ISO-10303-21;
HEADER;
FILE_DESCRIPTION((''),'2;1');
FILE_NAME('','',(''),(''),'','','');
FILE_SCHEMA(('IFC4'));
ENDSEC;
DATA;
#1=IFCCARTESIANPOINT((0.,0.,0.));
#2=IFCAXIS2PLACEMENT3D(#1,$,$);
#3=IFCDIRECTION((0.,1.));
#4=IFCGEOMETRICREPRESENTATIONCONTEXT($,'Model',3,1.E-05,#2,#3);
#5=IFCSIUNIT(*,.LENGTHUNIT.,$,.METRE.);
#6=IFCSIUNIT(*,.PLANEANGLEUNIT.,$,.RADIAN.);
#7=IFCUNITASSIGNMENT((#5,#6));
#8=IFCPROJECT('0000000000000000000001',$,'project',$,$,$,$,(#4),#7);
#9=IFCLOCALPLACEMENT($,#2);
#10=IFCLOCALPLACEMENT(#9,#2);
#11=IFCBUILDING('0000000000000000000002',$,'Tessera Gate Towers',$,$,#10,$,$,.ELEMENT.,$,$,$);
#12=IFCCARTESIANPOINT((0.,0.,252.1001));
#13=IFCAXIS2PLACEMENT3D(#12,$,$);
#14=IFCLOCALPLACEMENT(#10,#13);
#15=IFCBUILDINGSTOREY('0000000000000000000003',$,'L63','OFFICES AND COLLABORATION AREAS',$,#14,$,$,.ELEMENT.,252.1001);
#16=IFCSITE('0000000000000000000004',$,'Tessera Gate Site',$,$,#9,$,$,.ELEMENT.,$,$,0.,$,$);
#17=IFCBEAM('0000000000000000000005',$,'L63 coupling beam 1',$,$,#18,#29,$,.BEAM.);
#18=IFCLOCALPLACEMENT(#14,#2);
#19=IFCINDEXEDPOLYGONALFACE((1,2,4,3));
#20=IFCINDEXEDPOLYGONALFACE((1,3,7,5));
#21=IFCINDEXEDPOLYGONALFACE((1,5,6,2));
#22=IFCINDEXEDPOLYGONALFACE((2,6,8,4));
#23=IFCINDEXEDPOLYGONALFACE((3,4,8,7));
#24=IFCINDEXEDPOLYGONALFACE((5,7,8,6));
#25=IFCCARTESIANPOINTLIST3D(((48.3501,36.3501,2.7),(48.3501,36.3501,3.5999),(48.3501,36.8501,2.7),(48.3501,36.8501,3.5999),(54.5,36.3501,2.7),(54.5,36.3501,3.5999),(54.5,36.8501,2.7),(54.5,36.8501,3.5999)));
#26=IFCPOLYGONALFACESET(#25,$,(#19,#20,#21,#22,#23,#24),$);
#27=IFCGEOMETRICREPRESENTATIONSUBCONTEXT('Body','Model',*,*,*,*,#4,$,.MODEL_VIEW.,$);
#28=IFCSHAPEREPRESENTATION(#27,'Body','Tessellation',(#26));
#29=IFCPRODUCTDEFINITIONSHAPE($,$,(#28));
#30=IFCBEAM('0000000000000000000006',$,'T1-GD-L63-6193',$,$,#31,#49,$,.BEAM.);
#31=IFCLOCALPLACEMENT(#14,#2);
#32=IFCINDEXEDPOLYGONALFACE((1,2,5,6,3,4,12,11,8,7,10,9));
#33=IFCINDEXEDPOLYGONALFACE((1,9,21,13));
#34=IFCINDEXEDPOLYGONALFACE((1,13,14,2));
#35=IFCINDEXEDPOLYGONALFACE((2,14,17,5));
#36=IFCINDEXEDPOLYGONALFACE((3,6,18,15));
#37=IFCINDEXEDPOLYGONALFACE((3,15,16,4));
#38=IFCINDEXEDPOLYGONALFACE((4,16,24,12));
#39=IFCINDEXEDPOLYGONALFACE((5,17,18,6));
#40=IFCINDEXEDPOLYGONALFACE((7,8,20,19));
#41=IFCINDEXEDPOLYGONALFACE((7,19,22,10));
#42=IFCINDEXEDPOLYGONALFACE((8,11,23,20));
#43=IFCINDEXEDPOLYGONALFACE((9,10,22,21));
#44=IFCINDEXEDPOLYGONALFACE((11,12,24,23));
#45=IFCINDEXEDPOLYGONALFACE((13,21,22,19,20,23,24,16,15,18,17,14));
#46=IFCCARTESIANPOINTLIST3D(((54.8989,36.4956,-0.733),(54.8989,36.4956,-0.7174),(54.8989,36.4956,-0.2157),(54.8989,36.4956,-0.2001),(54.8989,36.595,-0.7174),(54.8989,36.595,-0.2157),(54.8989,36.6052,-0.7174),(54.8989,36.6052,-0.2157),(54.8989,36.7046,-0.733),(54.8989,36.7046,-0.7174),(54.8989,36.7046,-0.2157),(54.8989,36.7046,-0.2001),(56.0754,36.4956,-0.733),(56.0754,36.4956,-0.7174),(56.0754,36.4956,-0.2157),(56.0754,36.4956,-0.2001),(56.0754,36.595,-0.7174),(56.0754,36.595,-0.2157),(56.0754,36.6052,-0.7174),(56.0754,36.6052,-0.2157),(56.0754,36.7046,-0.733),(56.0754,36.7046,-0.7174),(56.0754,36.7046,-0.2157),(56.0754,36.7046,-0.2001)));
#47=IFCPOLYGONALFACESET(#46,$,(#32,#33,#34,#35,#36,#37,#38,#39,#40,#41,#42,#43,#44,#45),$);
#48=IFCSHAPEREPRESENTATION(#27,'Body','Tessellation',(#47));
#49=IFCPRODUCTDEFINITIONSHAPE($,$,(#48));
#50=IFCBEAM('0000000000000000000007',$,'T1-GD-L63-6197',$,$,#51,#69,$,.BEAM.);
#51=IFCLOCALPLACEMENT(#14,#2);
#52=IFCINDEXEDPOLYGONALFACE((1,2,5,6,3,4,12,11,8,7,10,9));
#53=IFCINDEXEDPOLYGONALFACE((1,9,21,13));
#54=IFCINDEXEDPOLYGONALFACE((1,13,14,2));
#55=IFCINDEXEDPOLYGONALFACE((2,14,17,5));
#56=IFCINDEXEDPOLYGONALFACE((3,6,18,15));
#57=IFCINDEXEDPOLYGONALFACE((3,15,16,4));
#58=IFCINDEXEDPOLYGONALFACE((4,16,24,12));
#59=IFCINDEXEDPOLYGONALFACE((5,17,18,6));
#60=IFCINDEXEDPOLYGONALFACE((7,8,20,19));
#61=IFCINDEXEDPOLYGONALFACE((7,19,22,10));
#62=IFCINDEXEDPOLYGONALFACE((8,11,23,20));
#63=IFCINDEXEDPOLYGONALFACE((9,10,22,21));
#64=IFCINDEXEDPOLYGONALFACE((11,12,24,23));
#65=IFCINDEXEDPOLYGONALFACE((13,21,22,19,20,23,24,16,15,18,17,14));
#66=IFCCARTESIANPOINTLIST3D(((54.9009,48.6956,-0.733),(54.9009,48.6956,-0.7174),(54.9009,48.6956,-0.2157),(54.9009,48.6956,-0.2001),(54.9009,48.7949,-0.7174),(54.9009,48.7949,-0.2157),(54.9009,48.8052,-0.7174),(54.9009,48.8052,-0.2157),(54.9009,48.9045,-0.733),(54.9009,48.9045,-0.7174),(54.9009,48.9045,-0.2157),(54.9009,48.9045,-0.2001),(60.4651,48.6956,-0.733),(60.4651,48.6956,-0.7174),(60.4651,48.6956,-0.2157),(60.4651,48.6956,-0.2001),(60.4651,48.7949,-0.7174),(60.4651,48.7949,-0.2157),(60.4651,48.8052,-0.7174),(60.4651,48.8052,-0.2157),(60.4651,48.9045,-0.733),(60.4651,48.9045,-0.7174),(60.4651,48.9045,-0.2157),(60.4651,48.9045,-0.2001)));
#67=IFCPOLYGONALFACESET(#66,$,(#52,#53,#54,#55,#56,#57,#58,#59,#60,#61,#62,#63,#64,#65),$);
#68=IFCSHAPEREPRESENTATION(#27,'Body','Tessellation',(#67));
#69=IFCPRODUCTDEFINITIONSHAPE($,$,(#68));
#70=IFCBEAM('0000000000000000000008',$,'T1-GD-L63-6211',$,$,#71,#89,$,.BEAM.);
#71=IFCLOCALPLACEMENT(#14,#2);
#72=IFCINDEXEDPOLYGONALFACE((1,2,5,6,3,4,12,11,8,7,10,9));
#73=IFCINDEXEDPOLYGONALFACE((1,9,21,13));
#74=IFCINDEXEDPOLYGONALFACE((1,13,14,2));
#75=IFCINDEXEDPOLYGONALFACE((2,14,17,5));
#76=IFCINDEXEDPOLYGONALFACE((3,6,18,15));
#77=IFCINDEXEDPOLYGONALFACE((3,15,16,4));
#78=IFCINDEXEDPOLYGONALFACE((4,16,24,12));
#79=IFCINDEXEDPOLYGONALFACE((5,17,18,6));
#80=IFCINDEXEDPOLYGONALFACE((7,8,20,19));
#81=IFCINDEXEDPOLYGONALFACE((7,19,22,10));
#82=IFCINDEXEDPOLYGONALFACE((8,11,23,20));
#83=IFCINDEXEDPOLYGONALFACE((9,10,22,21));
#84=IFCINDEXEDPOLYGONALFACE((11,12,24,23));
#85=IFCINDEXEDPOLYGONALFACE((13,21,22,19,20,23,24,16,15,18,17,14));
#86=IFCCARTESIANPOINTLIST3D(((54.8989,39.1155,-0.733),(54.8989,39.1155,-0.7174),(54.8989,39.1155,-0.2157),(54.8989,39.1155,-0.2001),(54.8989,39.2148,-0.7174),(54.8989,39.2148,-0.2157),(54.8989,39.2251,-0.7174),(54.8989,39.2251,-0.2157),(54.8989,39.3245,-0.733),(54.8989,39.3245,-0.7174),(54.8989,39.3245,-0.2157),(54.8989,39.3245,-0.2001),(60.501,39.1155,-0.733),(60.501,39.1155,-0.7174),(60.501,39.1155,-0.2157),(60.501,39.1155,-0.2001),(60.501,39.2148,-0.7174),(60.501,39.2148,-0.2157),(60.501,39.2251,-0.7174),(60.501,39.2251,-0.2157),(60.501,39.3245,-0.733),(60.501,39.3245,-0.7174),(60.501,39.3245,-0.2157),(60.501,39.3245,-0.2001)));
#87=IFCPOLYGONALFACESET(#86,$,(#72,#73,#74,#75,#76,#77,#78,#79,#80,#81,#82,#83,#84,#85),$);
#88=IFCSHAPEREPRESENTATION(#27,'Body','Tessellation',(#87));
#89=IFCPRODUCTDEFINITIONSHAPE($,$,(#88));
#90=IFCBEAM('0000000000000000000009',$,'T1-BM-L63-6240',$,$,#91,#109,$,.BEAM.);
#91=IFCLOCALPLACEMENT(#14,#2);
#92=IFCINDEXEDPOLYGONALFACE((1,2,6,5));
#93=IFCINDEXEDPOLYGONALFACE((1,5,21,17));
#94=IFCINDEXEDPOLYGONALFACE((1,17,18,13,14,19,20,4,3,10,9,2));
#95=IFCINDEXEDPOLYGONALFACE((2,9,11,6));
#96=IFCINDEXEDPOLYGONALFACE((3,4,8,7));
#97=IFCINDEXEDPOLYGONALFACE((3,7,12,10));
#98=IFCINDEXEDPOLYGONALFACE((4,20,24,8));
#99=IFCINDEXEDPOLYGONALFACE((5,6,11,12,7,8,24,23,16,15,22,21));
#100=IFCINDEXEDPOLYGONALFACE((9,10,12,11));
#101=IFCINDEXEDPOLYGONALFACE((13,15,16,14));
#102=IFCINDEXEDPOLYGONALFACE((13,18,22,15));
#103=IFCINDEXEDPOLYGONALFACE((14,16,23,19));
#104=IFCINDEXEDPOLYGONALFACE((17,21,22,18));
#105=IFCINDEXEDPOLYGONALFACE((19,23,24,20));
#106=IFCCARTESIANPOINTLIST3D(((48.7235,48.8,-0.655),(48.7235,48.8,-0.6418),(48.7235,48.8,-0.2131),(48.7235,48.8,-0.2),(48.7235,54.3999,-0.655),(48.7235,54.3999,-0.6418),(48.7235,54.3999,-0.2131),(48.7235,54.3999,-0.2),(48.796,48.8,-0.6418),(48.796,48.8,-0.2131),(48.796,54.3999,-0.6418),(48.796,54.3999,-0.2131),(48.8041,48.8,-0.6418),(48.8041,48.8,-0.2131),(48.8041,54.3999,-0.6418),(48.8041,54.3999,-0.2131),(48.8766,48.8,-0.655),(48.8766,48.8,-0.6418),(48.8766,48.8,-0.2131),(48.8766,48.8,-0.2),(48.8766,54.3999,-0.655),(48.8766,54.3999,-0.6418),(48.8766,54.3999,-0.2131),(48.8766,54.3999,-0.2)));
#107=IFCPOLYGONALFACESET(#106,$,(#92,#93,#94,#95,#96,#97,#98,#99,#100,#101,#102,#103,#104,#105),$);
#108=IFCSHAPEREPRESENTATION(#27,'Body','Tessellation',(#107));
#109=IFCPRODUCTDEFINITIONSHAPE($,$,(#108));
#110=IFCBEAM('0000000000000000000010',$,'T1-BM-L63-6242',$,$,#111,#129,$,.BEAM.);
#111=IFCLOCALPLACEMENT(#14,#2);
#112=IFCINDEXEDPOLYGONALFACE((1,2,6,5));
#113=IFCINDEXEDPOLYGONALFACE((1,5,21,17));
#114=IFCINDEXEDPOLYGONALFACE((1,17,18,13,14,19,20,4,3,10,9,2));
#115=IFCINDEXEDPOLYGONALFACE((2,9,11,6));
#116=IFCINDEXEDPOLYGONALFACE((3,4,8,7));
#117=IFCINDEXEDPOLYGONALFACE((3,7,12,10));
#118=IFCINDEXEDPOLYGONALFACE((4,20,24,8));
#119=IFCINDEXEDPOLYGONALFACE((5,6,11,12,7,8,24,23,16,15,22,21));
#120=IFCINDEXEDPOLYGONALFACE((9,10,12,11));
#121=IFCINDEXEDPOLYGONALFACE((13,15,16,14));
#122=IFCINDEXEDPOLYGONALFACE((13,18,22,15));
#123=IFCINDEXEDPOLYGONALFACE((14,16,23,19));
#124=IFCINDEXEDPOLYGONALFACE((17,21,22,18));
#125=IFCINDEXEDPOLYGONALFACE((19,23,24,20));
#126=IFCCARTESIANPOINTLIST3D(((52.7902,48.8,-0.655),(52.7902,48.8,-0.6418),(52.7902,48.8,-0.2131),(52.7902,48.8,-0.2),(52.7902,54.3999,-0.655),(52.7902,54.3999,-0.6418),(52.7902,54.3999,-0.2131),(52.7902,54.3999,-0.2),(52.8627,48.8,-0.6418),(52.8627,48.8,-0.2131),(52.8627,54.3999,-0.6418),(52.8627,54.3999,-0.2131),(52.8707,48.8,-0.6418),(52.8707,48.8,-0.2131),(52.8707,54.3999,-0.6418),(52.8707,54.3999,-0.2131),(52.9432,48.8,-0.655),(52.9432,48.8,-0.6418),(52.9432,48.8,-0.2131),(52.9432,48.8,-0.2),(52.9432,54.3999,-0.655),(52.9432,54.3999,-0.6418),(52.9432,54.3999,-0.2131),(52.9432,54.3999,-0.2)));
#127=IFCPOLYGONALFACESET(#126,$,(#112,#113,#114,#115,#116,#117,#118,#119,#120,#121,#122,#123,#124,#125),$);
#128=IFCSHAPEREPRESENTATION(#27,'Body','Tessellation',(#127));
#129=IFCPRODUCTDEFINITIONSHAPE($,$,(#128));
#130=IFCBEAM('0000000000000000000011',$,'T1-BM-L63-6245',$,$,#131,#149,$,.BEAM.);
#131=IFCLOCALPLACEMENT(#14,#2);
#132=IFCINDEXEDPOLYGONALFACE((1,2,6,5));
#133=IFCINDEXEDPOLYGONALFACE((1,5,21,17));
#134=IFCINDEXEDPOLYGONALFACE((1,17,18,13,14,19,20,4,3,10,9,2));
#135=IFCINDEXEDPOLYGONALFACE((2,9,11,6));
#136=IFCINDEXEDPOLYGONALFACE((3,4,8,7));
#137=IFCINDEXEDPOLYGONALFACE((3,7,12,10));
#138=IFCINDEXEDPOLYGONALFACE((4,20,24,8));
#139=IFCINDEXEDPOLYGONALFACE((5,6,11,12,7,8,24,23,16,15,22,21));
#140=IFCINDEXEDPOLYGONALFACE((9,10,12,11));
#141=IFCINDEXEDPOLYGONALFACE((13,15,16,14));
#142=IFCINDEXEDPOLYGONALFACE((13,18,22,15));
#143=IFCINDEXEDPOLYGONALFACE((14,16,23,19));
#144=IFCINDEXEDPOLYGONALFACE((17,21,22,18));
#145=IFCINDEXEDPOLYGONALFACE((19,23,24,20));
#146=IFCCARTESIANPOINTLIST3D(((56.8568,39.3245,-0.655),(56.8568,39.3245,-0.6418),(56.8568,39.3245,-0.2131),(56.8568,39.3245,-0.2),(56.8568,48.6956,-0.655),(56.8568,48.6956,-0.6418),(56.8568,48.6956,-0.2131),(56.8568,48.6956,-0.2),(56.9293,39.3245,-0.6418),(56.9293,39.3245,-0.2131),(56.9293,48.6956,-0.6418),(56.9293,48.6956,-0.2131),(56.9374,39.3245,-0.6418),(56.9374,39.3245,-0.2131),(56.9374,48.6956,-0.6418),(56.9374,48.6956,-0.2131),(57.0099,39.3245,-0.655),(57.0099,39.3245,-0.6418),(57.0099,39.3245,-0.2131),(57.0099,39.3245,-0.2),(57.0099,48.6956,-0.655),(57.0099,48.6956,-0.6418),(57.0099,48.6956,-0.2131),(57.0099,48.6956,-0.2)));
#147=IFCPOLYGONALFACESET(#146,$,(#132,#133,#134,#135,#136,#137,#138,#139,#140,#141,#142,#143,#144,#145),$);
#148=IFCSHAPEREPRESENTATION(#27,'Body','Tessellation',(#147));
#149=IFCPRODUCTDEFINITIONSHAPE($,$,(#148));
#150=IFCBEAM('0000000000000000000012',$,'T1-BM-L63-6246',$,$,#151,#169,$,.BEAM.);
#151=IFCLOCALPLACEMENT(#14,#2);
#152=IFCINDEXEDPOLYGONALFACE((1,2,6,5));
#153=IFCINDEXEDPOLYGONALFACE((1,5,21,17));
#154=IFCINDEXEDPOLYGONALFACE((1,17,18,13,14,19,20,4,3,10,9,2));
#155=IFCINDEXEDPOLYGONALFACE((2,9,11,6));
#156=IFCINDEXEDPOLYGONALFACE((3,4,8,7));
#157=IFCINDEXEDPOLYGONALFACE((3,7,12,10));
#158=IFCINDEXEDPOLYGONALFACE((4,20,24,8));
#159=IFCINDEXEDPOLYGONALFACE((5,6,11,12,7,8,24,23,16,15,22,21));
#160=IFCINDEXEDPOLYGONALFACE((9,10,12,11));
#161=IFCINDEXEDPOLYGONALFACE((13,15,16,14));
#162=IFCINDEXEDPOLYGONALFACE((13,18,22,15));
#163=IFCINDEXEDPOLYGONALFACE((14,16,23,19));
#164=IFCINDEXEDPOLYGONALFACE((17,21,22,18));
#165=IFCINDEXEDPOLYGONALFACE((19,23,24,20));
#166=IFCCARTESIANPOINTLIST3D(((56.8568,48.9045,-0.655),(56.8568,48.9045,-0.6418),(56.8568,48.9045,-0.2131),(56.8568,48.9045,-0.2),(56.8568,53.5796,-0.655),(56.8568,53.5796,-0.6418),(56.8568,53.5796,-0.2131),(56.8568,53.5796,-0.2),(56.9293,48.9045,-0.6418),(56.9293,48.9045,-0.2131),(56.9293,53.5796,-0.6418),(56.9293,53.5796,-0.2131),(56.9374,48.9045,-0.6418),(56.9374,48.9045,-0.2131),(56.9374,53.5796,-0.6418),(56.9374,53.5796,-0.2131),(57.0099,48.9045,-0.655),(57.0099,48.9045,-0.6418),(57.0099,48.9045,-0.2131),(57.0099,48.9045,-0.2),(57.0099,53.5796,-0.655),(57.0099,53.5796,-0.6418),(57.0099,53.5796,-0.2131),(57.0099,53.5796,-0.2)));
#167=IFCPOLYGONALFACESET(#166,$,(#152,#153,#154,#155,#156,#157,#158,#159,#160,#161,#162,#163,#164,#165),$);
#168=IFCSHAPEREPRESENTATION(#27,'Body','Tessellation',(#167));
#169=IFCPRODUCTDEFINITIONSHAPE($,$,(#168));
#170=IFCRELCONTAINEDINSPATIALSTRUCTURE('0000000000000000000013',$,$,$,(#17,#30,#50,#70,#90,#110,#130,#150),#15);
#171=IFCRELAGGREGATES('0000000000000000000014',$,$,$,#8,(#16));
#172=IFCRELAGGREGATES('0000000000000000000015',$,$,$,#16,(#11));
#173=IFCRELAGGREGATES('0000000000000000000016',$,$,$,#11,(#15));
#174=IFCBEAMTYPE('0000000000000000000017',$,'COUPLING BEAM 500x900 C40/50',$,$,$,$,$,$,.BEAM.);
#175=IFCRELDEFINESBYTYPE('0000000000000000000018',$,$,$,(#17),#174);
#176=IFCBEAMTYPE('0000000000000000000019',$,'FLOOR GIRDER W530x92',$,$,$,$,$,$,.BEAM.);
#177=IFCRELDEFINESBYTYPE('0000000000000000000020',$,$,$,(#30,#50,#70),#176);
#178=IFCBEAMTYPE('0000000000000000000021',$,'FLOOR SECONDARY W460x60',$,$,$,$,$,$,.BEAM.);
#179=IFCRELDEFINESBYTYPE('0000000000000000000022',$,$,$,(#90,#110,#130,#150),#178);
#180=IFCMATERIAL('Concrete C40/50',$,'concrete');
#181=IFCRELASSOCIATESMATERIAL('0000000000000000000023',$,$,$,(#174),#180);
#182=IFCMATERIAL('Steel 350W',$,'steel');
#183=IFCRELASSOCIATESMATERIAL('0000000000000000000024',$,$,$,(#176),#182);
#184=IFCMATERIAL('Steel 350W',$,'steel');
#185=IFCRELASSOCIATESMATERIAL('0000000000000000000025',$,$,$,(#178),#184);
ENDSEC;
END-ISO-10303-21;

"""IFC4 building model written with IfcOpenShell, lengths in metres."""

from ifc_helpers import new_model, si_unit, direction, frame, origin, origin_2d, place, context, subcontext, project, spatial, rectangle, i_section, extrude, material, material_profile, profile_set, type_object, element, save


model = new_model("IFC4")

# Units and contexts
model_context = context("Model", 3, precision=1e-05, world=origin(), true_north=direction((0.0, 1.0)))
body_context = subcontext(model_context, "Body", "Model", "MODEL_VIEW")
ifc_project = project(units=[si_unit("LENGTHUNIT", "METRE"), si_unit("PLANEANGLEUNIT", "RADIAN")], contexts=[model_context])

# Site, building, storey
site_placement = place(None, origin())
site = spatial("IfcSite", under=ifc_project, at=site_placement, Name="Tessera Gate Site", CompositionType="ELEMENT", RefElevation=0.0)
building_placement = place(site_placement, origin())
building = spatial("IfcBuilding", under=site, at=building_placement, Name="Tessera Gate Towers", CompositionType="ELEMENT")
storey_placement = place(building_placement, frame((0.0, 0.0, 252.1001)))
storey = spatial("IfcBuildingStorey", under=building, at=storey_placement, Name="L63", Description="OFFICES AND COLLABORATION AREAS", CompositionType="ELEMENT", Elevation=252.1001)

# Beams
ifc_material_1 = material(Name="Concrete C40/50", Category="concrete")
ifc_material_profile_1 = material_profile(ifc_material_1, rectangle(XDim=0.5, YDim=0.8999, at=origin_2d()), Name="RC 500x900")
ifc_profile_set_1 = profile_set([ifc_material_profile_1], Name="Concrete C40/50")
beam_type_1 = type_object("IfcBeamType", Name="COUPLING BEAM 500x900 C40/50", PredefinedType="BEAM", material=ifc_profile_set_1)
beam_1_placement = place(storey_placement, frame((48.3501, 36.6001, 3.1499), z_axis=(1.0, 0.0, 0.0), x_axis=(0.0, 1.0, 0.0)))
element("IfcBeam", 1, at=beam_1_placement, inside=storey, type_object=beam_type_1, Name="L63 coupling beam 1", PredefinedType="BEAM", context=body_context, shape_type="SweptSolid", body=[
    extrude(rectangle(XDim=0.5, YDim=0.8999, at=origin_2d()), origin(), (0.0, 0.0, 1.0), 6.1499),
])
ifc_material_2 = material(Name="Steel 350W", Category="steel")
ifc_material_profile_2 = material_profile(ifc_material_2, i_section(OverallWidth=0.209, OverallDepth=0.533, WebThickness=0.0103, FlangeThickness=0.0156, at=origin_2d()), Name="W530x92")
ifc_profile_set_2 = profile_set([ifc_material_profile_2], Name="Steel 350W")
beam_type_2 = type_object("IfcBeamType", Name="FLOOR GIRDER W530x92", PredefinedType="BEAM", material=ifc_profile_set_2)
beam_2_placement = place(storey_placement, frame((54.8989, 36.6001, -0.4666), z_axis=(1.0, 0.0, 0.0), x_axis=(0.0, 1.0, 0.0)))
element("IfcBeam", 2, at=beam_2_placement, inside=storey, type_object=beam_type_2, Name="T1-GD-L63-6193", PredefinedType="BEAM", context=body_context, shape_type="SweptSolid", body=[
    extrude(i_section(OverallWidth=0.209, OverallDepth=0.533, WebThickness=0.0103, FlangeThickness=0.0156, at=origin_2d()), origin(), (0.0, 0.0, 1.0), 1.1765),
])
beam_3_placement = place(storey_placement, frame((54.9009, 48.8, -0.4666), z_axis=(1.0, 0.0, 0.0), x_axis=(0.0, 1.0, 0.0)))
element("IfcBeam", 3, at=beam_3_placement, inside=storey, type_object=beam_type_2, Name="T1-GD-L63-6197", PredefinedType="BEAM", context=body_context, shape_type="SweptSolid", body=[
    extrude(i_section(OverallWidth=0.209, OverallDepth=0.533, WebThickness=0.0103, FlangeThickness=0.0156, at=origin_2d()), origin(), (0.0, 0.0, 1.0), 5.5642),
])
beam_4_placement = place(storey_placement, frame((54.8989, 39.22, -0.4666), z_axis=(1.0, 0.0, 0.0), x_axis=(0.0, 1.0, 0.0)))
element("IfcBeam", 4, at=beam_4_placement, inside=storey, type_object=beam_type_2, Name="T1-GD-L63-6211", PredefinedType="BEAM", context=body_context, shape_type="SweptSolid", body=[
    extrude(i_section(OverallWidth=0.209, OverallDepth=0.533, WebThickness=0.0103, FlangeThickness=0.0156, at=origin_2d()), origin(), (0.0, 0.0, 1.0), 5.6021),
])
ifc_material_3 = material(Name="Steel 350W", Category="steel")
ifc_material_profile_3 = material_profile(ifc_material_3, i_section(OverallWidth=0.1531, OverallDepth=0.4551, WebThickness=0.0081, FlangeThickness=0.0132, at=origin_2d()), Name="W460x60")
ifc_profile_set_3 = profile_set([ifc_material_profile_3], Name="Steel 350W")
beam_type_3 = type_object("IfcBeamType", Name="FLOOR SECONDARY W460x60", PredefinedType="BEAM", material=ifc_profile_set_3)
for number, where, z_axis, x_axis, name in (
    (5, (48.8, 48.8, -0.4275), (0.0, 1.0, 0.0), (-1.0, 0.0, 0.0), "T1-BM-L63-6240"),
    (6, (52.8667, 48.8, -0.4275), (0.0, 1.0, 0.0), (-1.0, 0.0, 0.0), "T1-BM-L63-6242"),
):
    element("IfcBeam", number, at=place(storey_placement, frame(where, z_axis=z_axis, x_axis=x_axis)), inside=storey, type_object=beam_type_3, Name=name, PredefinedType="BEAM", context=body_context, shape_type="SweptSolid", body=[
        extrude(i_section(OverallWidth=0.1531, OverallDepth=0.4551, WebThickness=0.0081, FlangeThickness=0.0132, at=origin_2d()), origin(), (0.0, 0.0, 1.0), 5.5999),
    ])
beam_5_placement = place(storey_placement, frame((56.9333, 39.3245, -0.4275), z_axis=(0.0, 1.0, 0.0), x_axis=(-1.0, 0.0, 0.0)))
element("IfcBeam", 7, at=beam_5_placement, inside=storey, type_object=beam_type_3, Name="T1-BM-L63-6245", PredefinedType="BEAM", context=body_context, shape_type="SweptSolid", body=[
    extrude(i_section(OverallWidth=0.1531, OverallDepth=0.4551, WebThickness=0.0081, FlangeThickness=0.0132, at=origin_2d()), origin(), (0.0, 0.0, 1.0), 9.3711),
])
beam_6_placement = place(storey_placement, frame((56.9333, 48.9045, -0.4275), z_axis=(0.0, 1.0, 0.0), x_axis=(-1.0, 0.0, 0.0)))
element("IfcBeam", 8, at=beam_6_placement, inside=storey, type_object=beam_type_3, Name="T1-BM-L63-6246", PredefinedType="BEAM", context=body_context, shape_type="SweptSolid", body=[
    extrude(i_section(OverallWidth=0.1531, OverallDepth=0.4551, WebThickness=0.0081, FlangeThickness=0.0132, at=origin_2d()), origin(), (0.0, 0.0, 1.0), 4.675),
])

save(model, "model.ifc")
